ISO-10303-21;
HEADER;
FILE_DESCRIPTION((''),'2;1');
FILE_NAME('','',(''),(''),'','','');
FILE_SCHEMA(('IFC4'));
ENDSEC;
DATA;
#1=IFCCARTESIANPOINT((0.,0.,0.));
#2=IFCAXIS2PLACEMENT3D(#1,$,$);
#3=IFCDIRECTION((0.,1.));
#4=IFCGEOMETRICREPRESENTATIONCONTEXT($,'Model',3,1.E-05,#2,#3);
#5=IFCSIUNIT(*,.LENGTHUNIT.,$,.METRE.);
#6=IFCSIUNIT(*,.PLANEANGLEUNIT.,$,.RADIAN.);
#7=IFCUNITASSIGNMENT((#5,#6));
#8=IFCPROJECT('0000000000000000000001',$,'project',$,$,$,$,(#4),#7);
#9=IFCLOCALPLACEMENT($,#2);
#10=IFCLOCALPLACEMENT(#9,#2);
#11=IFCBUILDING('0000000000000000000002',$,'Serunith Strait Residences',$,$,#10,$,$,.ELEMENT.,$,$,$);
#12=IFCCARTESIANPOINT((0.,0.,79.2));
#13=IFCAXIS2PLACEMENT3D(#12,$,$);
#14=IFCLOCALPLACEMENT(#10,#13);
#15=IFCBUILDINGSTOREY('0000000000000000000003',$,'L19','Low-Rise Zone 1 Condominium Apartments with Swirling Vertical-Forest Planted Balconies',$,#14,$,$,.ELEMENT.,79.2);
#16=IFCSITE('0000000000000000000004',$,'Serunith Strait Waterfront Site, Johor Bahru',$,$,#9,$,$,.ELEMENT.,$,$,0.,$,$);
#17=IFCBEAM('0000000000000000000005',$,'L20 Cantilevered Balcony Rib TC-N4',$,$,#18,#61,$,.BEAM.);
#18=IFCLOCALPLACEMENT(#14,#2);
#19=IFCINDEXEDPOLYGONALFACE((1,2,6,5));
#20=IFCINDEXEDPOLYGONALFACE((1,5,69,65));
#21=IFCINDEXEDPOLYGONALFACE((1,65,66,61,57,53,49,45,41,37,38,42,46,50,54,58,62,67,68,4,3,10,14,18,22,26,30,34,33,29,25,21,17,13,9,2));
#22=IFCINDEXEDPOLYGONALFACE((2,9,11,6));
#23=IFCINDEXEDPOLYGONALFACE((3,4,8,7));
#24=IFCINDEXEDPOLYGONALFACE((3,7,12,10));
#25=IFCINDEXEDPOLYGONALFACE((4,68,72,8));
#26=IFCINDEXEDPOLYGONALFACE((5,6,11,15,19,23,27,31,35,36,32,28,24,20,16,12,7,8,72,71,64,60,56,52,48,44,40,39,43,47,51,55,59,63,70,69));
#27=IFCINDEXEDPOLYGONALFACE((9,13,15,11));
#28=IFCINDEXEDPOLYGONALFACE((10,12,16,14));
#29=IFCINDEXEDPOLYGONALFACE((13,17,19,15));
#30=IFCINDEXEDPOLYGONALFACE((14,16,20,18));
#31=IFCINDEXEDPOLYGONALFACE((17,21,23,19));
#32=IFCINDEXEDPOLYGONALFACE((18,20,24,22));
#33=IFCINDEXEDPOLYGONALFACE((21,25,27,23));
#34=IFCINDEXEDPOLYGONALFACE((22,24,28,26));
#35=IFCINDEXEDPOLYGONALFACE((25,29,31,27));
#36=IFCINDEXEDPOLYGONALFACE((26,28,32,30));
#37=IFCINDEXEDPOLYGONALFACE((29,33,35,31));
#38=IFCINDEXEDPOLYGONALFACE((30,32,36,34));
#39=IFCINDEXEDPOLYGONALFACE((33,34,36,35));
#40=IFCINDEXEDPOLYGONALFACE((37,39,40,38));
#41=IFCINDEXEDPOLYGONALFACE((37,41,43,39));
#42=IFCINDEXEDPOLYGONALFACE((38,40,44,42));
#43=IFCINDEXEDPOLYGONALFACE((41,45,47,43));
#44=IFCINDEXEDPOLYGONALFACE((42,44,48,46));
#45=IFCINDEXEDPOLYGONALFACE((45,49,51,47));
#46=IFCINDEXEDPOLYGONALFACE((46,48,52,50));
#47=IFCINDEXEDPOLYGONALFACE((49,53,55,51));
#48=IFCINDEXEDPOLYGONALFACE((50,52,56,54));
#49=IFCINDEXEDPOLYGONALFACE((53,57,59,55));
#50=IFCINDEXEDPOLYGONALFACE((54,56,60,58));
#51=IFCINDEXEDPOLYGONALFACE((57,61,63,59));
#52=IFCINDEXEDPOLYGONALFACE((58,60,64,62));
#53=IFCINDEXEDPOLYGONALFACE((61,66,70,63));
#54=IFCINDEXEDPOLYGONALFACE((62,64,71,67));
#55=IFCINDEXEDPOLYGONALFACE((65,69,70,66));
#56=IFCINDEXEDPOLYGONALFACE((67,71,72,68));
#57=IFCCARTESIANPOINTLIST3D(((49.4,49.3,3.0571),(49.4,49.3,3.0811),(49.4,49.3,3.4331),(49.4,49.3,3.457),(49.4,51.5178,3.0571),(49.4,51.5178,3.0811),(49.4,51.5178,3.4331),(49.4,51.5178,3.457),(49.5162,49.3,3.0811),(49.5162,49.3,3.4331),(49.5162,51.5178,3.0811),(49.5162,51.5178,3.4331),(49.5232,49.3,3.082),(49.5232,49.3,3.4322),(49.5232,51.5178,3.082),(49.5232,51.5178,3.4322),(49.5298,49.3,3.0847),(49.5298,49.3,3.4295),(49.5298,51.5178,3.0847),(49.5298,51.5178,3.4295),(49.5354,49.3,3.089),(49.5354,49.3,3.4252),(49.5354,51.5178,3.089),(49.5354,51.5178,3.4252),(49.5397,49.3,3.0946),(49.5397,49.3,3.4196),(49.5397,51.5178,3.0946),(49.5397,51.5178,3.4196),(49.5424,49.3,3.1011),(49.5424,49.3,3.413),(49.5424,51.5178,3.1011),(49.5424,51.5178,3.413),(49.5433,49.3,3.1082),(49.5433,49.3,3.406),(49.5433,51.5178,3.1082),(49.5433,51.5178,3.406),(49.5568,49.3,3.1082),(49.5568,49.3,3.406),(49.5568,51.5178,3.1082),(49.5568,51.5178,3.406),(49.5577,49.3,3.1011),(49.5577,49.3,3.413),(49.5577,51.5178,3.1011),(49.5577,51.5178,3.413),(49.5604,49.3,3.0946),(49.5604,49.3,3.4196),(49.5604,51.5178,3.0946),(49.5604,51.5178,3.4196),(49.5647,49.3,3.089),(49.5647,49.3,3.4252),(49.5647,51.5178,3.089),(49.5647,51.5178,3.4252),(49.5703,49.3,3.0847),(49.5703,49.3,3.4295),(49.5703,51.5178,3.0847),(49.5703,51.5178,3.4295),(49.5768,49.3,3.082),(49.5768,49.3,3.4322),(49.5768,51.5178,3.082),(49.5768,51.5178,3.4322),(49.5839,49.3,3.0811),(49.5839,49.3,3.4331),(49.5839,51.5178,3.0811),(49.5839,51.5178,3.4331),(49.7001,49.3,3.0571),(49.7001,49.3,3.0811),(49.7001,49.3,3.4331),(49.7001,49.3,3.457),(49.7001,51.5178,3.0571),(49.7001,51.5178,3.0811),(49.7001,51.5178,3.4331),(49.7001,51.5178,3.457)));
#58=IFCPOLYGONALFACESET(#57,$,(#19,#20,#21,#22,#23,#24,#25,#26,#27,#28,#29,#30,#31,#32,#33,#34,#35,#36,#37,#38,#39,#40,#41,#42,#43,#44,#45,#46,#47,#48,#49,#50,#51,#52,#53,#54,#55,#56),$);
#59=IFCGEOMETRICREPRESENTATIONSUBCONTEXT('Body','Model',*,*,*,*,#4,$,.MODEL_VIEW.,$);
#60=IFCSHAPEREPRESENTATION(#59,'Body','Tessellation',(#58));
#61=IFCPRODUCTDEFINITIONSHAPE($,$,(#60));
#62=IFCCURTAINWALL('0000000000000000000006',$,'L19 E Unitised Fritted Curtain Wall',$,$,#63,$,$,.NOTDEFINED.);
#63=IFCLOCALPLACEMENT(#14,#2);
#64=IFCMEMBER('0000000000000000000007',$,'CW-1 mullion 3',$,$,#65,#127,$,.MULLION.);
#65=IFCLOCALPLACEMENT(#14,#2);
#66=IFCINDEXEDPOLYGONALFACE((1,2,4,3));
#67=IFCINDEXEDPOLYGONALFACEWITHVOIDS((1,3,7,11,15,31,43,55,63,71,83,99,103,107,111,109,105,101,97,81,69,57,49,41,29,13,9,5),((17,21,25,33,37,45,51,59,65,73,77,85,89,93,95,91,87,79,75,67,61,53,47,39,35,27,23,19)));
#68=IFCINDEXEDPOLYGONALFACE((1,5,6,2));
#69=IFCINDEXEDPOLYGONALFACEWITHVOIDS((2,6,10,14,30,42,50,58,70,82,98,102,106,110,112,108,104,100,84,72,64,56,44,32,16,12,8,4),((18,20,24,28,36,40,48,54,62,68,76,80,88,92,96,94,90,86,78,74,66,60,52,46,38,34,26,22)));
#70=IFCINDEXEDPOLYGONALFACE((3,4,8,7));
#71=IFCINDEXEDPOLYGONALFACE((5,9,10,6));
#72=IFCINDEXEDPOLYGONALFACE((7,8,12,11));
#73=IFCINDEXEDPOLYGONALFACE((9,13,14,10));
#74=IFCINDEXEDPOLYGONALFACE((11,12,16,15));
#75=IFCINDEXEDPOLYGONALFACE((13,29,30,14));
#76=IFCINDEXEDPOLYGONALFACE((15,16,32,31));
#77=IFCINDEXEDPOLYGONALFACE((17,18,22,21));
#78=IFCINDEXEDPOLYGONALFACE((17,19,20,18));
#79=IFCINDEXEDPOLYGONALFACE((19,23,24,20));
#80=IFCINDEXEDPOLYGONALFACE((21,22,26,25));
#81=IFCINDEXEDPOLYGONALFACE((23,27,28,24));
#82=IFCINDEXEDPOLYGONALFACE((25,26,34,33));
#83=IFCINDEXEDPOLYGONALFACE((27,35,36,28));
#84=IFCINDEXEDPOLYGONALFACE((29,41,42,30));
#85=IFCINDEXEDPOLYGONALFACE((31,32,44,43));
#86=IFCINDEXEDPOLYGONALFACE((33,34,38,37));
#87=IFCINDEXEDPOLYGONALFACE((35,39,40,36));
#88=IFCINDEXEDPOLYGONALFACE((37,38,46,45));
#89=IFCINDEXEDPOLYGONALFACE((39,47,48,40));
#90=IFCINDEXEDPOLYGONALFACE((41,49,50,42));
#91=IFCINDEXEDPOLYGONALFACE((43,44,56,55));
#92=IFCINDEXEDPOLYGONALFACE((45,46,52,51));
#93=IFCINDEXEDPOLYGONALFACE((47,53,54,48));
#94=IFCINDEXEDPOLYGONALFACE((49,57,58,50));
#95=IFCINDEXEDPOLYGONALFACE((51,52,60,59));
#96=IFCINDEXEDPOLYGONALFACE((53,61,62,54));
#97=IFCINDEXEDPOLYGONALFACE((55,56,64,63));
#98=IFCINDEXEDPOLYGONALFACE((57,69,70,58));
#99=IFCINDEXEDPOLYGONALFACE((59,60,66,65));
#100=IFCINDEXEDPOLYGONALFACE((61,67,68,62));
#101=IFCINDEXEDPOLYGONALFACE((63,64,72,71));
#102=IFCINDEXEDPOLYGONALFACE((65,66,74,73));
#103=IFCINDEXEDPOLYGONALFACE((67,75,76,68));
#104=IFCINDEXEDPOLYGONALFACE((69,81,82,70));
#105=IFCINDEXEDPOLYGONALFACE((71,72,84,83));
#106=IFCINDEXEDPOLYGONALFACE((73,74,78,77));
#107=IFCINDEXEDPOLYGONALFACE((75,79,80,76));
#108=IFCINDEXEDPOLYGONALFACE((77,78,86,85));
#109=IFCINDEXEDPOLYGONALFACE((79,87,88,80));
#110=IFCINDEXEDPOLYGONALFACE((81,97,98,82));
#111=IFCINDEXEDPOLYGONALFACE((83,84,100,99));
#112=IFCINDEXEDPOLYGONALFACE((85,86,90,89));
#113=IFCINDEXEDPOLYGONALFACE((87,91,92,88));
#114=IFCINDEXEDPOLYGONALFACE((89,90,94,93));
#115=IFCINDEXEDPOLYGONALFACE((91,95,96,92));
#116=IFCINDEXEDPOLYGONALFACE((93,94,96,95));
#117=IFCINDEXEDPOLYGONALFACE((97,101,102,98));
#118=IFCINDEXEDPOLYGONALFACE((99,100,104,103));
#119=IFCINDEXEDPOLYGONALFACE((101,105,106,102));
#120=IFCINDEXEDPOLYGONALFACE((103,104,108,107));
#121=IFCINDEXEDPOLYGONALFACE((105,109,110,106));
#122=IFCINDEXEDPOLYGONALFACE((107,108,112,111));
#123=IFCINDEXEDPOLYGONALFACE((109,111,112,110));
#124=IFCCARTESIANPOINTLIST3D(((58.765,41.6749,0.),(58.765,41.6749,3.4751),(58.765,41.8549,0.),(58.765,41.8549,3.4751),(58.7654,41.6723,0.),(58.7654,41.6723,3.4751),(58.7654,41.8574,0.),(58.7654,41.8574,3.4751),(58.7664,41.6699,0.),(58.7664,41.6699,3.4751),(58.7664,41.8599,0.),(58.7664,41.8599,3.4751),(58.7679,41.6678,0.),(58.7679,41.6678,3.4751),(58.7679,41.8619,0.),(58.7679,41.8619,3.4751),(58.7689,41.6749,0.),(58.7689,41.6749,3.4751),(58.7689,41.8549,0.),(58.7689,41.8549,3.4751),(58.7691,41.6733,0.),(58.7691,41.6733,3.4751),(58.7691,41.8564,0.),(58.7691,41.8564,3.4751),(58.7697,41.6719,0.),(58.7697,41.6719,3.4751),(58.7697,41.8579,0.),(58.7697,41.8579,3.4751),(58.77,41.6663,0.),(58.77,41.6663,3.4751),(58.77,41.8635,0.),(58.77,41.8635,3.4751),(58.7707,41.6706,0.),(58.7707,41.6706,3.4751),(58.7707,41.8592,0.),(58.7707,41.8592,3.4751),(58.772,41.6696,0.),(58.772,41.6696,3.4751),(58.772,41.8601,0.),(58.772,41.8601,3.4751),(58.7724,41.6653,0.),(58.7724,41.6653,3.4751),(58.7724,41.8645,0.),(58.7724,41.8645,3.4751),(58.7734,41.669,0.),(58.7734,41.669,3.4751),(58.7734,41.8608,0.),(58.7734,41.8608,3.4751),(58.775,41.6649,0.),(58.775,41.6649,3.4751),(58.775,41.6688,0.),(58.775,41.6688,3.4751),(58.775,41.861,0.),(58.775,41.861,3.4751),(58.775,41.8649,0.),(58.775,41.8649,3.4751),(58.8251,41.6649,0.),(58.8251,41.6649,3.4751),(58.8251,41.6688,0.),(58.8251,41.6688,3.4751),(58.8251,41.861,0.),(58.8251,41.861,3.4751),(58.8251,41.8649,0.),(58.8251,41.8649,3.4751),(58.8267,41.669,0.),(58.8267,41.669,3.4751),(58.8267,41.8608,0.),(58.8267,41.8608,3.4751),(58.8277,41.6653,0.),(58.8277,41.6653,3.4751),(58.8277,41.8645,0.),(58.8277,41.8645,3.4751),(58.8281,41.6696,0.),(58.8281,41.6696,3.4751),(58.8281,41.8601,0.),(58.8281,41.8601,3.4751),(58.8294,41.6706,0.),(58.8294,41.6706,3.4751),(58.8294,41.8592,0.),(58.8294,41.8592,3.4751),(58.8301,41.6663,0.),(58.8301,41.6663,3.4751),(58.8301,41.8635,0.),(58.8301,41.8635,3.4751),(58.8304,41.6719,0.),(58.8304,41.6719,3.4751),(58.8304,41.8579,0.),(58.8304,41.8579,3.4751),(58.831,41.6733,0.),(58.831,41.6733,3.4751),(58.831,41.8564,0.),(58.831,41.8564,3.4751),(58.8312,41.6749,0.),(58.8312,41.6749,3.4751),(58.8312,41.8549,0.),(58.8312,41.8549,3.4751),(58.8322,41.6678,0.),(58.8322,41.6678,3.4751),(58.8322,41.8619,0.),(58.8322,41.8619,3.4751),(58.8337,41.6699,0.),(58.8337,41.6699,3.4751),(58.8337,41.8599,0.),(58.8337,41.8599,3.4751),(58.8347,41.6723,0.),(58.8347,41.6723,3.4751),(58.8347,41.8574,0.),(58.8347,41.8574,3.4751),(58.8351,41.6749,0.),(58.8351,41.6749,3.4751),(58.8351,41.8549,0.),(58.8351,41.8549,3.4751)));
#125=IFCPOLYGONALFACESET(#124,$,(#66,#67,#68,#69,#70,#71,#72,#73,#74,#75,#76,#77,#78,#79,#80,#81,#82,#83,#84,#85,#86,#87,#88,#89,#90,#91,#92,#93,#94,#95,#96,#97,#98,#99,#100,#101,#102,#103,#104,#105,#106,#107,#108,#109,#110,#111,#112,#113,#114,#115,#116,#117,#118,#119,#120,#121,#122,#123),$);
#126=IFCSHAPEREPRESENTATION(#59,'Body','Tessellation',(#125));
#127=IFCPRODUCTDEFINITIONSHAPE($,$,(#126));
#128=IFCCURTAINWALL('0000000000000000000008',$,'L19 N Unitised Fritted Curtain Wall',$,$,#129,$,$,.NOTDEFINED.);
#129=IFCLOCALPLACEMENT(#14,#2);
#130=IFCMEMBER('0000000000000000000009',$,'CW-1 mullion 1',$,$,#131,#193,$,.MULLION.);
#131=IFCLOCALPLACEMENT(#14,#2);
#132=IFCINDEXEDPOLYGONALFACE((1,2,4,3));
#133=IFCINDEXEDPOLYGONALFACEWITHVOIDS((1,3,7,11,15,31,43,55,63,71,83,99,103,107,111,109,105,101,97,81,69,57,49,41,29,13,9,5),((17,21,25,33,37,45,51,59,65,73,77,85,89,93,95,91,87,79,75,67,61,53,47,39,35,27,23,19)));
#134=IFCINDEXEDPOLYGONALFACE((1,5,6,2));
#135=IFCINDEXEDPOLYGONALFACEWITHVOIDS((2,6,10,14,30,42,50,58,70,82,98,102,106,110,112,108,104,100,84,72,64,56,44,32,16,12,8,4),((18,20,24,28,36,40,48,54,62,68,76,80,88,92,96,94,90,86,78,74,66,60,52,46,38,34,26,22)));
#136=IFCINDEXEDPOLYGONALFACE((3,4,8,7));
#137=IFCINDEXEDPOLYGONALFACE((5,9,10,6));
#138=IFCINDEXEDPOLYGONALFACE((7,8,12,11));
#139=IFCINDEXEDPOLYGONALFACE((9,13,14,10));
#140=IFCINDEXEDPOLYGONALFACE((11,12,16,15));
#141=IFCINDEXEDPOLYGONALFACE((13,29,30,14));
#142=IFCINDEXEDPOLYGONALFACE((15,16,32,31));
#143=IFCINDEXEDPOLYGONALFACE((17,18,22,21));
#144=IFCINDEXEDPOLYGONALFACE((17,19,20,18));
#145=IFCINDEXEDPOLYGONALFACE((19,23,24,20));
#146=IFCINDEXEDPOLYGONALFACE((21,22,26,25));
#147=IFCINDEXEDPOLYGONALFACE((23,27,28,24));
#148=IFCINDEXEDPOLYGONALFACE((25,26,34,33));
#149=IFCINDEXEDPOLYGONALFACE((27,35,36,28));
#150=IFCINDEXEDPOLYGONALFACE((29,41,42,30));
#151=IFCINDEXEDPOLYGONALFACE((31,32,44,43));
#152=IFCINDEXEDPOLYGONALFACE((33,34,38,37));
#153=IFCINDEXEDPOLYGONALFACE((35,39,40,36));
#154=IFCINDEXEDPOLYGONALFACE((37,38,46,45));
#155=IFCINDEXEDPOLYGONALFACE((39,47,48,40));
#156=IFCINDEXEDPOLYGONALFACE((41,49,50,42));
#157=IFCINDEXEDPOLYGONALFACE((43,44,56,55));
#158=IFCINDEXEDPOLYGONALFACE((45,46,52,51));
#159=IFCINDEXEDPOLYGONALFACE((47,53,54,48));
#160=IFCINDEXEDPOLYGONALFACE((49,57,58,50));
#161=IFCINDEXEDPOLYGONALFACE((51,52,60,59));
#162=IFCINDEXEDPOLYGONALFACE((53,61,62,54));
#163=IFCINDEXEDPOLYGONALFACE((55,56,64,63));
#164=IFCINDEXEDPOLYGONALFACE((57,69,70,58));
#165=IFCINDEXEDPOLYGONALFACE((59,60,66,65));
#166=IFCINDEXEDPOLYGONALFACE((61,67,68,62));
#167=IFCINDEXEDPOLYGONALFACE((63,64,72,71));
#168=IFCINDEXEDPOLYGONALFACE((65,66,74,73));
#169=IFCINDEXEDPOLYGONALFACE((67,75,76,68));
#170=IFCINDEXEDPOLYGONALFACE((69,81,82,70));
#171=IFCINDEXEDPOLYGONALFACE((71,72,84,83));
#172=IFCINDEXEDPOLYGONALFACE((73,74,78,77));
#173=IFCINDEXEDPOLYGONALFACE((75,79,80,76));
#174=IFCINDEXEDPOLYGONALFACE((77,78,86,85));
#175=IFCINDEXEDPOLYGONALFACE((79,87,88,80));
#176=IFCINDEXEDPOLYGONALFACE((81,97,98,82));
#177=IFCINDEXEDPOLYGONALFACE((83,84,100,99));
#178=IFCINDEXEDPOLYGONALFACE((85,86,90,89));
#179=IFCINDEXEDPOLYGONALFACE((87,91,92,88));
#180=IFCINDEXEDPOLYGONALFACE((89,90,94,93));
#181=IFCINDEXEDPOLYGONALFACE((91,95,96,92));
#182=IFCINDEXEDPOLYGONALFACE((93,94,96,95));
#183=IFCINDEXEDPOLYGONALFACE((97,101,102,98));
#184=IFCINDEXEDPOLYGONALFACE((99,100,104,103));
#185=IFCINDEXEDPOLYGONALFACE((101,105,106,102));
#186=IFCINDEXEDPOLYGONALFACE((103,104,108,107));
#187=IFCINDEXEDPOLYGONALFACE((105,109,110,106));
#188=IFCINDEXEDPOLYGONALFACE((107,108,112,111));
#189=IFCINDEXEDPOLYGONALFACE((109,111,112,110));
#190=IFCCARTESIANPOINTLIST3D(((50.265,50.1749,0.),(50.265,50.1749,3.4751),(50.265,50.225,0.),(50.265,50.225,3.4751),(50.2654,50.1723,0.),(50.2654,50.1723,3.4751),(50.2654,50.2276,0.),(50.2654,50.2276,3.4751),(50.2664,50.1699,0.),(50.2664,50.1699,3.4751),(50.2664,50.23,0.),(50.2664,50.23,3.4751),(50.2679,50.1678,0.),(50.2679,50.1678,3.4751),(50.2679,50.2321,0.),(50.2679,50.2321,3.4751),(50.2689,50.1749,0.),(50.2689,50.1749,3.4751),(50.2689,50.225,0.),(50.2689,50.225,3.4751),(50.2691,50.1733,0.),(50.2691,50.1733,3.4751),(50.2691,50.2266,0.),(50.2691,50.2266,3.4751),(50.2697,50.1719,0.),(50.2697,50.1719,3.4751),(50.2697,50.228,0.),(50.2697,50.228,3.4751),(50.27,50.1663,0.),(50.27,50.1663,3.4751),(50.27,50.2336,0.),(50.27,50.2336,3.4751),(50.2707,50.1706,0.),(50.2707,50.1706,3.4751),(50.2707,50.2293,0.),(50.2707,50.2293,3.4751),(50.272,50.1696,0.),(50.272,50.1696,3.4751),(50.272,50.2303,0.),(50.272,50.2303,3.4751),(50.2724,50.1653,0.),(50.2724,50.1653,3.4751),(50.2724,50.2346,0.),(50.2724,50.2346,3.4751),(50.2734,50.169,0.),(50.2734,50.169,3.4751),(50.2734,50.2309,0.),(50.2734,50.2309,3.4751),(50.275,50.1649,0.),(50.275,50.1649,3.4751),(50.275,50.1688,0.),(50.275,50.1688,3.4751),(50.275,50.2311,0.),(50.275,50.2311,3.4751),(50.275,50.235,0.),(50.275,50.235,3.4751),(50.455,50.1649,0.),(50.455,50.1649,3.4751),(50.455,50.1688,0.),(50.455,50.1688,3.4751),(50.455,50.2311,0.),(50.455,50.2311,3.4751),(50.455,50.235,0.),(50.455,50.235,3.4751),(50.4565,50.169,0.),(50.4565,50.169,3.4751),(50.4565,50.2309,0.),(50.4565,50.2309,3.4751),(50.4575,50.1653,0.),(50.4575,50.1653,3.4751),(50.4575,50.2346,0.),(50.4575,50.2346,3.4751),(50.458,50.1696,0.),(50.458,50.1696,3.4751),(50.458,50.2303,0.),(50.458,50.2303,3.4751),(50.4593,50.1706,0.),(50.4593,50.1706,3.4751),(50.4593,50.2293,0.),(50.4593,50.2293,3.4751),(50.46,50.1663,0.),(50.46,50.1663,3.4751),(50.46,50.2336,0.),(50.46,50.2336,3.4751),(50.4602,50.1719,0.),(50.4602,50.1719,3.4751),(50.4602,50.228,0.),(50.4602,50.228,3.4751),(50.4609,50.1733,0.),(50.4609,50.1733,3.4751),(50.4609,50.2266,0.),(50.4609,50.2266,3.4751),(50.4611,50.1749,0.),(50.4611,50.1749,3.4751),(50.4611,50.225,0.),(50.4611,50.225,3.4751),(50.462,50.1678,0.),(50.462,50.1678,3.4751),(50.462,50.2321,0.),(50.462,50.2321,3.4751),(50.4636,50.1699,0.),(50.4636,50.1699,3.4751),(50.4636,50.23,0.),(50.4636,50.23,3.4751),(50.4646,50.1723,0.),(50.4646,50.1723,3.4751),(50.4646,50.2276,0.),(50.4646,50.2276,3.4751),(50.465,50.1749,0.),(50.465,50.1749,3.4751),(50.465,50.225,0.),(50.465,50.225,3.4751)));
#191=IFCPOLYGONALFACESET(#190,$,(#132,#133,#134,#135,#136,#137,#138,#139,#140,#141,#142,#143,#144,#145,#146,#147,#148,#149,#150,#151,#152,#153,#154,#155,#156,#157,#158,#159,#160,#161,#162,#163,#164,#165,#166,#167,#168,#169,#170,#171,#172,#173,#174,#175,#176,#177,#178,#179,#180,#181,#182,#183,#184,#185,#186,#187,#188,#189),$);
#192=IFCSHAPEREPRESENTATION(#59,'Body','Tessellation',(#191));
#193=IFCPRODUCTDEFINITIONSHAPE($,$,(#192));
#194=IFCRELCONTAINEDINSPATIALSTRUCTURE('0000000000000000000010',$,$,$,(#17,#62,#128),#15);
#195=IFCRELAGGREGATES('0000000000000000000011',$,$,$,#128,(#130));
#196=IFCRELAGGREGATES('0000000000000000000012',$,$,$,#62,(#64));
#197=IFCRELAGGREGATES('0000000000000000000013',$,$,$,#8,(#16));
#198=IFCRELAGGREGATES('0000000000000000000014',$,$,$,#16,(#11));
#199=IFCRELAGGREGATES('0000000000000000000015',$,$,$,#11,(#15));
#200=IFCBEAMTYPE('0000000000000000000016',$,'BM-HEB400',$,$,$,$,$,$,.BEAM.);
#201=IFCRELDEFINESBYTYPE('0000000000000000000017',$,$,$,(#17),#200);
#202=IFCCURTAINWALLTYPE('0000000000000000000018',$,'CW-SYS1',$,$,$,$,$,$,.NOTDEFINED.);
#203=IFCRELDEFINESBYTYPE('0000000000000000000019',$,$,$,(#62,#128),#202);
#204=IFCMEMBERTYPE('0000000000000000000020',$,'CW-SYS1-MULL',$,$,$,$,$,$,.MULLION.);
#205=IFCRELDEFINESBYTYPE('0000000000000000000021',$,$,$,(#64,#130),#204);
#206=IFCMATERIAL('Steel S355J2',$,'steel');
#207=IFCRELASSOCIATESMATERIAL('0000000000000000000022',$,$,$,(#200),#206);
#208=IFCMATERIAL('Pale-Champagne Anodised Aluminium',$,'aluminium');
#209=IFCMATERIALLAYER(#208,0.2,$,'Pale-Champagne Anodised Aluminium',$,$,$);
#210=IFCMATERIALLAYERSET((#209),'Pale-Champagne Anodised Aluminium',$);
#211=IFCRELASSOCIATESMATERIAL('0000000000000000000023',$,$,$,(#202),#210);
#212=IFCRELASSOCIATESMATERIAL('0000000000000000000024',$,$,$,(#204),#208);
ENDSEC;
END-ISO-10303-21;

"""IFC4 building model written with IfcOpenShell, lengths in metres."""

from ifc_helpers import new_model, si_unit, direction, frame, origin, origin_2d, place, context, subcontext, project, spatial, hollow_rectangle, i_section, extrude, source, transform, mapped, material, layer, layer_set, material_profile, profile_set, type_object, element, aggregate, save


model = new_model("IFC4")

# Units and contexts
model_context = context("Model", 3, precision=1e-05, world=origin(), true_north=direction((0.0, 1.0)))
body_context = subcontext(model_context, "Body", "Model", "MODEL_VIEW")
ifc_project = project(units=[si_unit("LENGTHUNIT", "METRE"), si_unit("PLANEANGLEUNIT", "RADIAN")], contexts=[model_context])

# Site, building, storey
site_placement = place(None, origin())
site = spatial("IfcSite", under=ifc_project, at=site_placement, Name="Serunith Strait Waterfront Site, Johor Bahru", CompositionType="ELEMENT", RefElevation=0.0)
building_placement = place(site_placement, origin())
building = spatial("IfcBuilding", under=site, at=building_placement, Name="Serunith Strait Residences", CompositionType="ELEMENT")
storey_placement = place(building_placement, frame((0.0, 0.0, 79.2)))
storey = spatial("IfcBuildingStorey", under=building, at=storey_placement, Name="L19", Description="Low-Rise Zone 1 Condominium Apartments with Swirling Vertical-Forest Planted Balconies", CompositionType="ELEMENT", Elevation=79.2)

# Beam
ifc_material_1 = material(Name="Steel S355J2", Category="steel")
ifc_material_profile_1 = material_profile(ifc_material_1, i_section(OverallWidth=0.3, OverallDepth=0.3999, WebThickness=0.0134, FlangeThickness=0.0239, FilletRadius=0.0271, at=origin_2d()), Name="HEB 400")
ifc_profile_set_1 = profile_set([ifc_material_profile_1], Name="Steel S355J2")
beam_type_1 = type_object("IfcBeamType", Name="BM-HEB400", PredefinedType="BEAM", material=ifc_profile_set_1)
shared_shape_1 = source(origin(), body_context, "Body", "SweptSolid", [
    extrude(i_section(OverallWidth=0.3, OverallDepth=0.3999, WebThickness=0.0134, FlangeThickness=0.0239, FilletRadius=0.0271, at=origin_2d()), origin(), (0.0, 0.0, 1.0), 2.2178),
])
beam_1_placement = place(storey_placement, frame((49.55, 49.3, 3.2571), z_axis=(0.0, 1.0, 0.0), x_axis=(-1.0, 0.0, 0.0)))
element("IfcBeam", 1, at=beam_1_placement, inside=storey, type_object=beam_type_1, Name="L20 Cantilevered Balcony Rib TC-N4", PredefinedType="BEAM", context=body_context, shape_type="MappedRepresentation", body=[
    mapped(shared_shape_1, transform((0.0, 0.0, 0.0), scale=1.0)),
])

# Curtain wall, member
ifc_material_2 = material(Name="Pale-Champagne Anodised Aluminium", Category="aluminium")
ifc_layer_1 = layer(ifc_material_2, 0.2, Name="Pale-Champagne Anodised Aluminium")
ifc_layer_set_1 = layer_set([ifc_layer_1], Name="Pale-Champagne Anodised Aluminium")
curtain_wall_type = type_object("IfcCurtainWallType", Name="CW-SYS1", PredefinedType="NOTDEFINED", material=ifc_layer_set_1)
curtain_wall_1_placement = place(storey_placement, origin())
curtain_wall_1 = element("IfcCurtainWall", 2, at=curtain_wall_1_placement, inside=storey, type_object=curtain_wall_type, Name="L19 E Unitised Fritted Curtain Wall", PredefinedType="NOTDEFINED")
ifc_material_profile_2 = material_profile(ifc_material_2, hollow_rectangle(XDim=0.0701, YDim=0.2, WallThickness=0.0039, InnerFilletRadius=0.0061, OuterFilletRadius=0.01, at=origin_2d()), Name="ALU 200x70x4")
ifc_profile_set_2 = profile_set([ifc_material_profile_2], Name="Pale-Champagne Anodised Aluminium")
member_type_1 = type_object("IfcMemberType", Name="CW-SYS1-MULL", PredefinedType="MULLION", material=ifc_profile_set_2)
shared_shape_2 = source(origin(), body_context, "Body", "SweptSolid", [
    extrude(hollow_rectangle(XDim=0.0701, YDim=0.2, WallThickness=0.0039, InnerFilletRadius=0.0061, OuterFilletRadius=0.01, at=origin_2d()), origin(), (0.0, 0.0, 1.0), 3.4751),
])
member_1_placement = place(storey_placement, frame((58.8, 41.7649, 0.0), z_axis=(0.0, 0.0, 1.0), x_axis=(-1.0, 0.0, 0.0)))
member_1 = element("IfcMember", 3, at=member_1_placement, type_object=member_type_1, Name="CW-1 mullion 3", PredefinedType="MULLION", context=body_context, shape_type="MappedRepresentation", body=[
    mapped(shared_shape_2, transform((0.0, 0.0, 0.0), scale=1.0)),
])

# Curtain wall, member
curtain_wall_2_placement = place(storey_placement, origin())
curtain_wall_2 = element("IfcCurtainWall", 4, at=curtain_wall_2_placement, inside=storey, type_object=curtain_wall_type, Name="L19 N Unitised Fritted Curtain Wall", PredefinedType="NOTDEFINED")
member_2_placement = place(storey_placement, frame((50.365, 50.2, 0.0), z_axis=(0.0, 0.0, 1.0), x_axis=(0.0, -1.0, 0.0)))
member_2 = element("IfcMember", 5, at=member_2_placement, type_object=member_type_1, Name="CW-1 mullion 1", PredefinedType="MULLION", context=body_context, shape_type="MappedRepresentation", body=[
    mapped(shared_shape_2, transform((0.0, 0.0, 0.0), scale=1.0)),
])
aggregate(curtain_wall_2, [member_2])

aggregate(curtain_wall_1, [member_1])

save(model, "model.ifc")
